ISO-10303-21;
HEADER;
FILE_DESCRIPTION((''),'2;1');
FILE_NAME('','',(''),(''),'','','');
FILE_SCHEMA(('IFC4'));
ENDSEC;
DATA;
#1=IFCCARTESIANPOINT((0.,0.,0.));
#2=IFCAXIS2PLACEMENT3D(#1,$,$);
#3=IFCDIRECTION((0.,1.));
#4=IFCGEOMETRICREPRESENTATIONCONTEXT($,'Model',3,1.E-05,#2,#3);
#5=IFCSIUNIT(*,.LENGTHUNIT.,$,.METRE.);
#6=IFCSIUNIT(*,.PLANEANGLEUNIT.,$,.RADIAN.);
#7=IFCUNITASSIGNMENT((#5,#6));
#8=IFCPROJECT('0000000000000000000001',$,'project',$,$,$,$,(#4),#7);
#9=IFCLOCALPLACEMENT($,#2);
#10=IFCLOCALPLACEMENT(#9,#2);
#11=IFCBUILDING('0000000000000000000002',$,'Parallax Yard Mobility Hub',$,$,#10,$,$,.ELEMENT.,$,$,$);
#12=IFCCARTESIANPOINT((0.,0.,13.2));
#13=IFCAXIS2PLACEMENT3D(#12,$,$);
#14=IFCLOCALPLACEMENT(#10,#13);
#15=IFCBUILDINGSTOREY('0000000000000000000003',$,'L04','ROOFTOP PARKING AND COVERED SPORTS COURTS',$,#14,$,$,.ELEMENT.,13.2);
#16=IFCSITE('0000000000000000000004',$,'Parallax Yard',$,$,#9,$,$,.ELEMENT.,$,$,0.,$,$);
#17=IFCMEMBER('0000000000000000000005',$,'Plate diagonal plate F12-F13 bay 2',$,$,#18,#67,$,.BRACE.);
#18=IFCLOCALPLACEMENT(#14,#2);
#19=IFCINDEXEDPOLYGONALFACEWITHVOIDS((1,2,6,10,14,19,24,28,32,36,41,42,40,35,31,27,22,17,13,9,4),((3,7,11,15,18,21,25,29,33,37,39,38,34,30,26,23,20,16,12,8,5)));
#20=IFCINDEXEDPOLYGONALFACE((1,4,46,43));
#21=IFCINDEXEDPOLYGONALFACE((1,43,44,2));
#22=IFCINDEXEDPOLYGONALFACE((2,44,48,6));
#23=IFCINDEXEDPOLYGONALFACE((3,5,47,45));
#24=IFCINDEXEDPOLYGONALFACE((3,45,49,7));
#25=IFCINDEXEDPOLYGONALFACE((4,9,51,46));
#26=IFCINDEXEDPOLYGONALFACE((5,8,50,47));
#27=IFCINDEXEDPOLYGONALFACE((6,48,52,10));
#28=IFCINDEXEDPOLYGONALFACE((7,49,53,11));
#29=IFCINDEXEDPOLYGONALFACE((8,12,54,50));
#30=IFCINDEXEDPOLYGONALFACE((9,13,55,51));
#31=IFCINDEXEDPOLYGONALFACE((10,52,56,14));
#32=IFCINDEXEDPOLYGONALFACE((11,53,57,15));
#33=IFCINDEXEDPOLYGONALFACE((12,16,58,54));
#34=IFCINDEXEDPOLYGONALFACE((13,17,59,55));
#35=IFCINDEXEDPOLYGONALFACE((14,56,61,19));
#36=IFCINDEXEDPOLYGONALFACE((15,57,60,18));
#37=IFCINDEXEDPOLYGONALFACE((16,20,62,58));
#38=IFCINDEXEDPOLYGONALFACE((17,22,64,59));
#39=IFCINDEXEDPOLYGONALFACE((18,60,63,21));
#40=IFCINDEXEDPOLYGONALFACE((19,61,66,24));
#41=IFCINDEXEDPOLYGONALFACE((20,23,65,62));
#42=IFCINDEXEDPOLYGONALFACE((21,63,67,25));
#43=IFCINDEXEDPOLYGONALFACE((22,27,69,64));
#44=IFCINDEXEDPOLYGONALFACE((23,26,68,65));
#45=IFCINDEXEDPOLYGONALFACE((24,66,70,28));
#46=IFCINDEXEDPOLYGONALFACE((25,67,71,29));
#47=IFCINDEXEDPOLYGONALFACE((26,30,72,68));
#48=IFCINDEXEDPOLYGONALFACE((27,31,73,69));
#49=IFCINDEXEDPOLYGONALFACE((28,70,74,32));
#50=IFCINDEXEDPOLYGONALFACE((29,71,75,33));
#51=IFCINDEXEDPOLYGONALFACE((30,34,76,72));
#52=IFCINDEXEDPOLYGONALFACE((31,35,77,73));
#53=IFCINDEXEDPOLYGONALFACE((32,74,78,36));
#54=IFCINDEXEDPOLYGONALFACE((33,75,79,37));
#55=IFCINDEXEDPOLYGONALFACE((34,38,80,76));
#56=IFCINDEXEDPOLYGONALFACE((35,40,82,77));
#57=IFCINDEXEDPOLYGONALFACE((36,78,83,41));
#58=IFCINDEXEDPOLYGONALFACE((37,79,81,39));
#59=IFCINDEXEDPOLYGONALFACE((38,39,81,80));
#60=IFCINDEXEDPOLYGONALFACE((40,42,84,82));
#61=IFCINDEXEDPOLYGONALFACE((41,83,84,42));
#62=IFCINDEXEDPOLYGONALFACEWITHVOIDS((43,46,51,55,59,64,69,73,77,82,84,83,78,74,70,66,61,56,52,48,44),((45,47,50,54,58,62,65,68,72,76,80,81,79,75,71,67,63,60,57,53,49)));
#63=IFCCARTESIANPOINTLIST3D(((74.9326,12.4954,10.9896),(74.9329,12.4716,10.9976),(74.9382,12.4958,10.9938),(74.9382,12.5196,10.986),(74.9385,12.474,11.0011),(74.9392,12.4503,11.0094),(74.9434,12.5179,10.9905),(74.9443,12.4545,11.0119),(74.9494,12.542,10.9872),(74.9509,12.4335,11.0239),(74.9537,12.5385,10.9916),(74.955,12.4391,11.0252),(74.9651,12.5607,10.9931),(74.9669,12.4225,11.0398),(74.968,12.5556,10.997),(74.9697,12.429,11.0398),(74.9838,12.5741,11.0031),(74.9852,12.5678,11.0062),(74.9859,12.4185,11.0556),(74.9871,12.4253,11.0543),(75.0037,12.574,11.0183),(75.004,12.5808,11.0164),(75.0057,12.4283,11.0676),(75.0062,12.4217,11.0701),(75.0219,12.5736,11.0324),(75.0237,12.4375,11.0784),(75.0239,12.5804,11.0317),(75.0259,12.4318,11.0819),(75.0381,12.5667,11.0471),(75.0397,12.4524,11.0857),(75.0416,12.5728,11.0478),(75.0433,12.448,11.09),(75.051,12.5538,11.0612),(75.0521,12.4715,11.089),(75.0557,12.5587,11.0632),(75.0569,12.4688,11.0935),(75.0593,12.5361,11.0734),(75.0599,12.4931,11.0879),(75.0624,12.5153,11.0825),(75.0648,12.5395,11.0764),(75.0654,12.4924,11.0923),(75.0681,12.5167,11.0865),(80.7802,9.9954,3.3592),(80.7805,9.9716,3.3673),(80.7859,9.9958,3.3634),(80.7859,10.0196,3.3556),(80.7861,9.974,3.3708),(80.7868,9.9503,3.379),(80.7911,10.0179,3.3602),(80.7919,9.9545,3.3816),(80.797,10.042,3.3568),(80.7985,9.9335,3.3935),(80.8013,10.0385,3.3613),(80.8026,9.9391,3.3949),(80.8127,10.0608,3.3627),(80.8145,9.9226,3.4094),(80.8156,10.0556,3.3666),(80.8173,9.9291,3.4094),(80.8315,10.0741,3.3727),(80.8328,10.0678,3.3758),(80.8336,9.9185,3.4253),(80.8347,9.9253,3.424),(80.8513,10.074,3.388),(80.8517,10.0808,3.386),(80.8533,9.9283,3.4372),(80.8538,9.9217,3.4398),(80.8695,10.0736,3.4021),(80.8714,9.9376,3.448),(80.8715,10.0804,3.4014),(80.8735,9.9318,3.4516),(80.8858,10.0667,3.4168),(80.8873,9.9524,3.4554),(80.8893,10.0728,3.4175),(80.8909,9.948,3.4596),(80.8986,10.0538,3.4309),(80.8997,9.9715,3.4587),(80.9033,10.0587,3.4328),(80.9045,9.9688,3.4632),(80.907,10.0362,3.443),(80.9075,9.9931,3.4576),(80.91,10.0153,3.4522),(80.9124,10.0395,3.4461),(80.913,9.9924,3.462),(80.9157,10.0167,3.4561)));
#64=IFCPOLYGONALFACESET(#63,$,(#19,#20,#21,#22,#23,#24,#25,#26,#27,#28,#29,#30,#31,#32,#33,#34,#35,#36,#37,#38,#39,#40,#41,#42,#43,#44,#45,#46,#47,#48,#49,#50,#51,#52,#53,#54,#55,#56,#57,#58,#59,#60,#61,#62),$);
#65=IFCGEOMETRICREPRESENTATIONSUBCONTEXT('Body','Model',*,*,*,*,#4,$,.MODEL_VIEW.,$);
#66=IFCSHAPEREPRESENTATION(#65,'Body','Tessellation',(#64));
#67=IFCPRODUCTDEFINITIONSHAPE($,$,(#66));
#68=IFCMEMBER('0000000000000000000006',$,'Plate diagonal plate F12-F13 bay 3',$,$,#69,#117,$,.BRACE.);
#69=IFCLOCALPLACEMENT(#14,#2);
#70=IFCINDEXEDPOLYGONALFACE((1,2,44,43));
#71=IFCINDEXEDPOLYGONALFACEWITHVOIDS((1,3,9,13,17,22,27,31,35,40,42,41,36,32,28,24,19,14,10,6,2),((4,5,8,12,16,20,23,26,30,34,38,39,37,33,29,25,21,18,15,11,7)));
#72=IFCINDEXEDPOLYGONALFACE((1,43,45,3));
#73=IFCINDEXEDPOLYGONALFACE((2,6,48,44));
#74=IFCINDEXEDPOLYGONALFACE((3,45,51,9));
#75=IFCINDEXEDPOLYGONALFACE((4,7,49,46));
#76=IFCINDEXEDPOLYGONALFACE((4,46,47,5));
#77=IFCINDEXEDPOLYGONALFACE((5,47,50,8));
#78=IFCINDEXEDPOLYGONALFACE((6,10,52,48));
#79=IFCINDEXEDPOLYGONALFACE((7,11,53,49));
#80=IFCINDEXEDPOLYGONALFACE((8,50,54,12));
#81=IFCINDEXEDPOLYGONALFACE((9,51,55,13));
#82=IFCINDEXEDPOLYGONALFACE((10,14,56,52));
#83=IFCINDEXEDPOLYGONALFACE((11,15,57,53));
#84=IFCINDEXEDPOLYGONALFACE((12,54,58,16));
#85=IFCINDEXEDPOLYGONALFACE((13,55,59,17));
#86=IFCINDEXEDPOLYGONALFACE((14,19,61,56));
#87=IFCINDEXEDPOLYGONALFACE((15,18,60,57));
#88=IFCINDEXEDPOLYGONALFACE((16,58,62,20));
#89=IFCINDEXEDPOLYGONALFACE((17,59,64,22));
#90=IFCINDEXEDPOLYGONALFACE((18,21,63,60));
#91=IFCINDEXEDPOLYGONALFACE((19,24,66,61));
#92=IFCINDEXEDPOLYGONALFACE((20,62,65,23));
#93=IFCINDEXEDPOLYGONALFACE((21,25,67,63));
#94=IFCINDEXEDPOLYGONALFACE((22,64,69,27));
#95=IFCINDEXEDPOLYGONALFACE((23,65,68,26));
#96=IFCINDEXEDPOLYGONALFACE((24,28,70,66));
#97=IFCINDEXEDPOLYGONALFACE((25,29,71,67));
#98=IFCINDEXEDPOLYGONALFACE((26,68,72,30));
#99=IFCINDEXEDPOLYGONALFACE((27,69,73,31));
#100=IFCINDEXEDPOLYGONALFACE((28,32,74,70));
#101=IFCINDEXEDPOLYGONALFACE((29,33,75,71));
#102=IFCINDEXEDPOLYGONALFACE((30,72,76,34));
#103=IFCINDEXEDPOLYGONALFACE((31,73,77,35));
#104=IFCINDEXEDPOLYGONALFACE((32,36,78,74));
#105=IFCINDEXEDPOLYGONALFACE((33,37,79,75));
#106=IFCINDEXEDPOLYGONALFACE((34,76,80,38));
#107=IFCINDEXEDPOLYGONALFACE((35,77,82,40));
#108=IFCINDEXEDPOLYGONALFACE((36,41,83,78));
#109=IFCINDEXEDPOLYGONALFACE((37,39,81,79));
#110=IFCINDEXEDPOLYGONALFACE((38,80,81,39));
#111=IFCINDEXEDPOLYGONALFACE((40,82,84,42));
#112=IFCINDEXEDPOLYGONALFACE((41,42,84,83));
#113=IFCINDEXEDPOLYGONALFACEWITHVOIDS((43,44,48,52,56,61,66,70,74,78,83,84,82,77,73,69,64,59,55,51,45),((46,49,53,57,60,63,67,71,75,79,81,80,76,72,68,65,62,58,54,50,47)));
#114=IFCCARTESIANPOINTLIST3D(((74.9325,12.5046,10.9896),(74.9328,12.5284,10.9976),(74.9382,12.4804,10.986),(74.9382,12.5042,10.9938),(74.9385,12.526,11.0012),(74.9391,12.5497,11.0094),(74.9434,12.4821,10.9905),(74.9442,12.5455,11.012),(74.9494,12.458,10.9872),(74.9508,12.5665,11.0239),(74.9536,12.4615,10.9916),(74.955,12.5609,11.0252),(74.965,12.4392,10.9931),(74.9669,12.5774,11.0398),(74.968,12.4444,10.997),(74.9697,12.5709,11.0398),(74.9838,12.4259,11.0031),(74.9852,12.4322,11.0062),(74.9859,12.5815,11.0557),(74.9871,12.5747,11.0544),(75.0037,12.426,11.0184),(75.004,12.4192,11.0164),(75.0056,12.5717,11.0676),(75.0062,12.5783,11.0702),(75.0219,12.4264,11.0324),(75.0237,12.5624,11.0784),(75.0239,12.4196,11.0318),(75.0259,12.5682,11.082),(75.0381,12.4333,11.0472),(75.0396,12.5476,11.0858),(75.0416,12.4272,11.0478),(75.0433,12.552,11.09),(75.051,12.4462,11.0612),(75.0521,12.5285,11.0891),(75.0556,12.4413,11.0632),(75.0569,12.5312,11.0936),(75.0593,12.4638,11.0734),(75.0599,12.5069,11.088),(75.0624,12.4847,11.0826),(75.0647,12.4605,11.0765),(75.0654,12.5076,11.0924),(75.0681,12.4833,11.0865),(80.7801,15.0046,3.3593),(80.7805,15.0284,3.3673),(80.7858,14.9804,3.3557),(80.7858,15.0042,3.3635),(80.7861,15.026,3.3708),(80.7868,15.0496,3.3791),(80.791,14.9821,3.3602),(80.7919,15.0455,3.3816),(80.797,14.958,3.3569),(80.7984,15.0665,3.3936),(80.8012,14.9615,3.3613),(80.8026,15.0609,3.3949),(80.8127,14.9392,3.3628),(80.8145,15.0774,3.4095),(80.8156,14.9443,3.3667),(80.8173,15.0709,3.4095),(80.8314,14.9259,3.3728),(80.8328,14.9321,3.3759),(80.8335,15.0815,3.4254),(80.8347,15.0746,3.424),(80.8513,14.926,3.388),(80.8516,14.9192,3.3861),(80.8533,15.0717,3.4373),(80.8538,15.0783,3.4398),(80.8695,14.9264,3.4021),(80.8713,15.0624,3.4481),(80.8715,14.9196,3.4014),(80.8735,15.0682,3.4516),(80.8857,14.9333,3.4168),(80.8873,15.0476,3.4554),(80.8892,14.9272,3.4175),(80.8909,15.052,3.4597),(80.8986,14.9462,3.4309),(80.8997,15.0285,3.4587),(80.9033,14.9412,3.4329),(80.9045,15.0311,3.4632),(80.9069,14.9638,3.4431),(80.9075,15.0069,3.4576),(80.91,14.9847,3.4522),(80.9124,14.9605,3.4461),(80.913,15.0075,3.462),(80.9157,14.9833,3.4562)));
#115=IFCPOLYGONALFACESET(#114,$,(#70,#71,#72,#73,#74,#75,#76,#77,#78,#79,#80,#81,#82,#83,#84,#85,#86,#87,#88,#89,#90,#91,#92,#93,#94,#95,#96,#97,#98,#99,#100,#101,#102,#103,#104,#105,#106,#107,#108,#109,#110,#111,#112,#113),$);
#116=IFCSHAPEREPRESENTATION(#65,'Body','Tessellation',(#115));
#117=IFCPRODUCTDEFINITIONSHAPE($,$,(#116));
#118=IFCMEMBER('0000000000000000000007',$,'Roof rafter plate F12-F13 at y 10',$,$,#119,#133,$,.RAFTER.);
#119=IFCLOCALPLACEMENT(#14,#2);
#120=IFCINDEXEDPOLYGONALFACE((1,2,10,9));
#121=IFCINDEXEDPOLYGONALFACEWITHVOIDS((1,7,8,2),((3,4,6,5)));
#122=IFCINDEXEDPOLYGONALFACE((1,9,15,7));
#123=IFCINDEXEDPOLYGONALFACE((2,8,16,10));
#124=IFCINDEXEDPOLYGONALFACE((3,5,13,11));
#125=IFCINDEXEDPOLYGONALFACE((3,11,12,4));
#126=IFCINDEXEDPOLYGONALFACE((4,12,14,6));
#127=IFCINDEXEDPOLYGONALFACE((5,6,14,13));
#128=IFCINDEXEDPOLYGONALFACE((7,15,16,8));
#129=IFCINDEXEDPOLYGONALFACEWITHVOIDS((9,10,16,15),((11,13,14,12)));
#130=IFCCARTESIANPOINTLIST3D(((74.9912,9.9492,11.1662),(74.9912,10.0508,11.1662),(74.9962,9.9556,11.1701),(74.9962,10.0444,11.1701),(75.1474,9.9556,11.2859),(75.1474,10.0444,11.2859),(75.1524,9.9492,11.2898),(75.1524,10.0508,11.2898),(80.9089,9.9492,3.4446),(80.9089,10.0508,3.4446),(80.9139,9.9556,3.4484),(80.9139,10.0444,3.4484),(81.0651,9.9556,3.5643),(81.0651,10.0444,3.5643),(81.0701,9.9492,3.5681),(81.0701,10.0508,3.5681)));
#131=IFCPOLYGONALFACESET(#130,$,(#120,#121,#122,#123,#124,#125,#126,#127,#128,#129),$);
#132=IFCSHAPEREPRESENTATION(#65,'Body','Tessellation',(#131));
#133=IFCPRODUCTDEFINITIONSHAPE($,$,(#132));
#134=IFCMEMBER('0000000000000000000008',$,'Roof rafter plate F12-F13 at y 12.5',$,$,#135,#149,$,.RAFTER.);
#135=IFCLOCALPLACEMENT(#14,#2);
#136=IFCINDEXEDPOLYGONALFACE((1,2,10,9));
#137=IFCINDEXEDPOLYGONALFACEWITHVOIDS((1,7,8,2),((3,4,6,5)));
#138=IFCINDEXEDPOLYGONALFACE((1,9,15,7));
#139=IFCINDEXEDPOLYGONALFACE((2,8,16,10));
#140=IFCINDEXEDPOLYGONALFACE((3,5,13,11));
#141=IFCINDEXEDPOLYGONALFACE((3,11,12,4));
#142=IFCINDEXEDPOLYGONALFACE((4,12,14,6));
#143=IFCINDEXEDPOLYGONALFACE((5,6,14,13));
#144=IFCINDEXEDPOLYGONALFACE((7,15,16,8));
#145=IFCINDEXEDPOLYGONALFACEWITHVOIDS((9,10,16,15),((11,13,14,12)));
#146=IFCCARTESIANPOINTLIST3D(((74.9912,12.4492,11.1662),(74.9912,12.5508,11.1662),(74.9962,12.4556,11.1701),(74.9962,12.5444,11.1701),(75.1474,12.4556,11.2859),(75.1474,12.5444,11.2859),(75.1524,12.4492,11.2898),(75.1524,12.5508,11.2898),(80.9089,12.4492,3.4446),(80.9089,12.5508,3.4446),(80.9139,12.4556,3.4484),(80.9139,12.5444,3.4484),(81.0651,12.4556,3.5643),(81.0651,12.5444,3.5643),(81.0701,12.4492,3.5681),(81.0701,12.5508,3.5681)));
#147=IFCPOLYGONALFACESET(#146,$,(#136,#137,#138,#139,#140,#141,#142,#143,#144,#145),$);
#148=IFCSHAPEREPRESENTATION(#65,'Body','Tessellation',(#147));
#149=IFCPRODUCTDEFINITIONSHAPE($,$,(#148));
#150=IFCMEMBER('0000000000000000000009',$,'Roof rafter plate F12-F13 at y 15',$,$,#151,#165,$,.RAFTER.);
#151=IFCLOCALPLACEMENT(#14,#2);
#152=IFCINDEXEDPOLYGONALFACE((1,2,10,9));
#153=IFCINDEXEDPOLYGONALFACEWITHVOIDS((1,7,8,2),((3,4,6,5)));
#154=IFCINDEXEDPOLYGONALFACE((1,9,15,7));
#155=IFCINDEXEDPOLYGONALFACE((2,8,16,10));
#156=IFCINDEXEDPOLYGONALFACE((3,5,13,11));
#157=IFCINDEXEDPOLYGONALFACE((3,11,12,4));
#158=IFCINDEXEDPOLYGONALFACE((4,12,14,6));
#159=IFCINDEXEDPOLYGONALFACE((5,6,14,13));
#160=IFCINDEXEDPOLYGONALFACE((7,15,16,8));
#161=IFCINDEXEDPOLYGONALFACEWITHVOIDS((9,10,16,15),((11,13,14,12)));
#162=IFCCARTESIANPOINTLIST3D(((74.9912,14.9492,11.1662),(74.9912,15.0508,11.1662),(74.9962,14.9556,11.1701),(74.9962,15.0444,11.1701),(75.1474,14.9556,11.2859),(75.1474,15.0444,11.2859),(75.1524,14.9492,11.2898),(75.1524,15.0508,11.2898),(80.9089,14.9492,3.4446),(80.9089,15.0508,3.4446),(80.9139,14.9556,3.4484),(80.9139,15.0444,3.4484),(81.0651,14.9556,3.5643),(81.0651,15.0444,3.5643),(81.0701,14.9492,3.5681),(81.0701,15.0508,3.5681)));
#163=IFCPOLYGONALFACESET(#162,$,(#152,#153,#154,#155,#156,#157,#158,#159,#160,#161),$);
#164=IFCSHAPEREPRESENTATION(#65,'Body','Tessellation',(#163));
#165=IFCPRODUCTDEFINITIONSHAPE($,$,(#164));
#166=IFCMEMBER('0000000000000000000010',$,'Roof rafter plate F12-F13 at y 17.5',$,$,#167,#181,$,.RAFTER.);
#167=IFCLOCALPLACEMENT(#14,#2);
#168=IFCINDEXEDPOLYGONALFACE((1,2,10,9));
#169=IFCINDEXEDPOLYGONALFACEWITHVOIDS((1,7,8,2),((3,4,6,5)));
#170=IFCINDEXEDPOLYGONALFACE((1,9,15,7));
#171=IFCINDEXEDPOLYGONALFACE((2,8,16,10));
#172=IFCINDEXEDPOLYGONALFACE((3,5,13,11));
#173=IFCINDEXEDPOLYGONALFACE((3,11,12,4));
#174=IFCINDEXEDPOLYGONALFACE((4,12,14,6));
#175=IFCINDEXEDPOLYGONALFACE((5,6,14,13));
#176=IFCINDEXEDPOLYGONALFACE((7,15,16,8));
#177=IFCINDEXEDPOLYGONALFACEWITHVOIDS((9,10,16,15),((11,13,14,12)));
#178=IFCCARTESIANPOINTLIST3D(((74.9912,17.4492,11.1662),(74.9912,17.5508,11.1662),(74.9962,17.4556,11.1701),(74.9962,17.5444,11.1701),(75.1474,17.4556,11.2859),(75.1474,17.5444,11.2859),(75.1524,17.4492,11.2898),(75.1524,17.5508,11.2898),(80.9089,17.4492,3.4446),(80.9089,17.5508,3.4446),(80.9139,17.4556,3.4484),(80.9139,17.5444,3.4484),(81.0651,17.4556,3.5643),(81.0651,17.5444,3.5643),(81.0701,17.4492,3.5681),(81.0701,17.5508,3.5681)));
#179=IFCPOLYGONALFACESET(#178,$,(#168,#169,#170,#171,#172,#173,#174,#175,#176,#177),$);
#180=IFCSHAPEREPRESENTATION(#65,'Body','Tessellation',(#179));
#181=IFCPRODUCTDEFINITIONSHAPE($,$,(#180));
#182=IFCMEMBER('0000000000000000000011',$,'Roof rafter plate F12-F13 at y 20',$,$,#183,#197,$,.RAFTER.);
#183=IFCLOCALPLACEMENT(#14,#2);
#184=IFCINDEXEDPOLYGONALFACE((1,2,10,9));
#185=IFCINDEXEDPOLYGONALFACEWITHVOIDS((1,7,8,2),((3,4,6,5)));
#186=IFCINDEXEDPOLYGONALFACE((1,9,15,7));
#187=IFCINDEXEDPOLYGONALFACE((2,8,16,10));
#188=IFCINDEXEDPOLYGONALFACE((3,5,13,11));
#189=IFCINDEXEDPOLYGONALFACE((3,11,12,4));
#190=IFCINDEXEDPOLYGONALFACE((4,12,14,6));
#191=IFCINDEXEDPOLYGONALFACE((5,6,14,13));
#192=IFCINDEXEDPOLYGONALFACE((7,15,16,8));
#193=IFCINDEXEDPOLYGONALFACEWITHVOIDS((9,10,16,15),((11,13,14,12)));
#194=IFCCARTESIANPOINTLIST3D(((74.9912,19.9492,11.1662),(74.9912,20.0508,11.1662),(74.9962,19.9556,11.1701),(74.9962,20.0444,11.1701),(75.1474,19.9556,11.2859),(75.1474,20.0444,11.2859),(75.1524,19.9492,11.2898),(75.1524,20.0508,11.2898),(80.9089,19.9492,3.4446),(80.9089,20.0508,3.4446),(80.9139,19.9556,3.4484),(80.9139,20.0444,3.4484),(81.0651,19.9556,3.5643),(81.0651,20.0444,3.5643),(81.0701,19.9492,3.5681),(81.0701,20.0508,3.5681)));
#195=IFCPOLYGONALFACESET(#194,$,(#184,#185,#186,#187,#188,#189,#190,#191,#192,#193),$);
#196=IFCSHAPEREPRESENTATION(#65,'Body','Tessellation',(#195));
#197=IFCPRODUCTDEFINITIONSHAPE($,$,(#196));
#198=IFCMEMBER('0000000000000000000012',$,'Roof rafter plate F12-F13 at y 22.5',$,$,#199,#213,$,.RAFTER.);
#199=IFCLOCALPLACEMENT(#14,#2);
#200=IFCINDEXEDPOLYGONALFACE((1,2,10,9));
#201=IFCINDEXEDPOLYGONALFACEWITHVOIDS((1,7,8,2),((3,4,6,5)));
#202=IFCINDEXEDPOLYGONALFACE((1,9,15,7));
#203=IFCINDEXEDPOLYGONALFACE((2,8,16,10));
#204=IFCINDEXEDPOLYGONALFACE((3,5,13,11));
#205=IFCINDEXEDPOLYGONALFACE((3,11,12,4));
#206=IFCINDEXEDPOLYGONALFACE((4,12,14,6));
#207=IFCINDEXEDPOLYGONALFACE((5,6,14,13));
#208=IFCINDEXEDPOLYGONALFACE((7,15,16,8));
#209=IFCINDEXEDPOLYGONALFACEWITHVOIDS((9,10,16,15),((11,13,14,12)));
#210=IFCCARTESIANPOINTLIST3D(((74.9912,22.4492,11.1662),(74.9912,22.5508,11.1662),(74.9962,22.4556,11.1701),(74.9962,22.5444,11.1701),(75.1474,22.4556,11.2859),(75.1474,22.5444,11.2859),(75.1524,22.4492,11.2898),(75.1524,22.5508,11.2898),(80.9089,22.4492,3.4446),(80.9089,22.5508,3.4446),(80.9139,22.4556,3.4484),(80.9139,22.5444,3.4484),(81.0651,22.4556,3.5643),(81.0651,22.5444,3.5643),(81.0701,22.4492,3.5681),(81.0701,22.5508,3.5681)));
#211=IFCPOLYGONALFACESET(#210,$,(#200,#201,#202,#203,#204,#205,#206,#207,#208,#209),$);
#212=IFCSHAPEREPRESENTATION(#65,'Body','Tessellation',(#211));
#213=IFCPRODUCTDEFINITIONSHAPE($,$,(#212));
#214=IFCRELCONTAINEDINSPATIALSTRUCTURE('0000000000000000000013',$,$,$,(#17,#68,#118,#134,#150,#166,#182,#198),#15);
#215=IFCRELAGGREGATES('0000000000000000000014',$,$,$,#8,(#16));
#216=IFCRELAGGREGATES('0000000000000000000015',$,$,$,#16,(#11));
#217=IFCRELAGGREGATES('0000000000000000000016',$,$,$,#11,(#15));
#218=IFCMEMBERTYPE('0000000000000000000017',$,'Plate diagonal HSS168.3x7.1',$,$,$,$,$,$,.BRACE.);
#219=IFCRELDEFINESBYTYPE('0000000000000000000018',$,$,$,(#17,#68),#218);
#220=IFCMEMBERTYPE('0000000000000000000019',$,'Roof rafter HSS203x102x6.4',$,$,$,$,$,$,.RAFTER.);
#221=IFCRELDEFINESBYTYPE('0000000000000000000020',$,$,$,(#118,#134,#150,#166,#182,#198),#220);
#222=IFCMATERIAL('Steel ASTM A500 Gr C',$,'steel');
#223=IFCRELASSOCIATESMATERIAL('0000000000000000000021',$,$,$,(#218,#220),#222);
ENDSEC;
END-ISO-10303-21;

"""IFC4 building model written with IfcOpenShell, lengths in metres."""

from ifc_helpers import new_model, si_unit, direction, frame, origin, origin_2d, place, context, subcontext, project, spatial, hollow_rectangle, hollow_circle, extrude, material, material_profile, profile_set, type_object, element, save


model = new_model("IFC4")

# Units and contexts
model_context = context("Model", 3, precision=1e-05, world=origin(), true_north=direction((0.0, 1.0)))
body_context = subcontext(model_context, "Body", "Model", "MODEL_VIEW")
ifc_project = project(units=[si_unit("LENGTHUNIT", "METRE"), si_unit("PLANEANGLEUNIT", "RADIAN")], contexts=[model_context])

# Site, building, storey
site_placement = place(None, origin())
site = spatial("IfcSite", under=ifc_project, at=site_placement, Name="Parallax Yard", CompositionType="ELEMENT", RefElevation=0.0)
building_placement = place(site_placement, origin())
building = spatial("IfcBuilding", under=site, at=building_placement, Name="Parallax Yard Mobility Hub", CompositionType="ELEMENT")
storey_placement = place(building_placement, frame((0.0, 0.0, 13.2)))
storey = spatial("IfcBuildingStorey", under=building, at=storey_placement, Name="L04", Description="ROOFTOP PARKING AND COVERED SPORTS COURTS", CompositionType="ELEMENT", Elevation=13.2)

# Members
ifc_material_1 = material(Name="Steel ASTM A500 Gr C", Category="steel")
ifc_material_profile_1 = material_profile(ifc_material_1, hollow_circle(Radius=0.0842, WallThickness=0.0071, at=origin_2d()), Name="HSS168.3x7.1")
ifc_profile_set_1 = profile_set([ifc_material_profile_1], Name="Steel ASTM A500 Gr C")
member_type_1 = type_object("IfcMemberType", Name="Plate diagonal HSS168.3x7.1", PredefinedType="BRACE", material=ifc_profile_set_1)
for number, where, z_axis, x_axis, name in (
    (1, (80.8477, 10.0, 3.4094), (-0.588701, 0.251682, 0.768172), (-0.393104, -0.919494, 0.0), "Plate diagonal plate F12-F13 bay 2"),
    (2, (75.0, 12.5, 11.0398), (0.588701, 0.251682, -0.768172), (-0.393104, 0.919494, 0.0), "Plate diagonal plate F12-F13 bay 3"),
):
    element("IfcMember", number, at=place(storey_placement, frame(where, z_axis=z_axis, x_axis=x_axis)), inside=storey, type_object=member_type_1, Name=name, PredefinedType="BRACE", context=body_context, shape_type="SweptSolid", body=[
        extrude(hollow_circle(Radius=0.0842, WallThickness=0.0071, at=origin_2d()), origin(), (0.0, 0.0, 1.0), 9.9331),
    ])
ifc_material_profile_2 = material_profile(ifc_material_1, hollow_rectangle(XDim=0.1016, YDim=0.2031, WallThickness=0.0063, at=origin_2d()), Name="HSS203x102x6.4")
ifc_profile_set_2 = profile_set([ifc_material_profile_2], Name="Steel ASTM A500 Gr C")
member_type_2 = type_object("IfcMemberType", Name="Roof rafter HSS203x102x6.4", PredefinedType="RAFTER", material=ifc_profile_set_2)
for number, where, z_axis, x_axis, name in (
    (3, (75.0718, 10.0, 11.228), (0.608287, 0.0, -0.793717), (0.0, 1.0, 0.0), "Roof rafter plate F12-F13 at y 10"),
    (4, (75.0718, 12.5, 11.228), (0.608287, 0.0, -0.793717), (0.0, 1.0, 0.0), "Roof rafter plate F12-F13 at y 12.5"),
    (5, (75.0718, 15.0, 11.228), (0.608287, 0.0, -0.793717), (0.0, 1.0, 0.0), "Roof rafter plate F12-F13 at y 15"),
    (6, (75.0718, 17.5, 11.228), (0.608287, 0.0, -0.793717), (0.0, 1.0, 0.0), "Roof rafter plate F12-F13 at y 17.5"),
    (7, (75.0718, 20.0, 11.228), (0.608287, 0.0, -0.793717), (0.0, 1.0, 0.0), "Roof rafter plate F12-F13 at y 20"),
    (8, (75.0718, 22.5, 11.228), (0.608287, 0.0, -0.793717), (0.0, 1.0, 0.0), "Roof rafter plate F12-F13 at y 22.5"),
):
    element("IfcMember", number, at=place(storey_placement, frame(where, z_axis=z_axis, x_axis=x_axis)), inside=storey, type_object=member_type_2, Name=name, PredefinedType="RAFTER", context=body_context, shape_type="SweptSolid", body=[
        extrude(hollow_rectangle(XDim=0.1016, YDim=0.2031, WallThickness=0.0063, at=origin_2d()), origin(), (0.0, 0.0, 1.0), 9.7285),
    ])

save(model, "model.ifc")
